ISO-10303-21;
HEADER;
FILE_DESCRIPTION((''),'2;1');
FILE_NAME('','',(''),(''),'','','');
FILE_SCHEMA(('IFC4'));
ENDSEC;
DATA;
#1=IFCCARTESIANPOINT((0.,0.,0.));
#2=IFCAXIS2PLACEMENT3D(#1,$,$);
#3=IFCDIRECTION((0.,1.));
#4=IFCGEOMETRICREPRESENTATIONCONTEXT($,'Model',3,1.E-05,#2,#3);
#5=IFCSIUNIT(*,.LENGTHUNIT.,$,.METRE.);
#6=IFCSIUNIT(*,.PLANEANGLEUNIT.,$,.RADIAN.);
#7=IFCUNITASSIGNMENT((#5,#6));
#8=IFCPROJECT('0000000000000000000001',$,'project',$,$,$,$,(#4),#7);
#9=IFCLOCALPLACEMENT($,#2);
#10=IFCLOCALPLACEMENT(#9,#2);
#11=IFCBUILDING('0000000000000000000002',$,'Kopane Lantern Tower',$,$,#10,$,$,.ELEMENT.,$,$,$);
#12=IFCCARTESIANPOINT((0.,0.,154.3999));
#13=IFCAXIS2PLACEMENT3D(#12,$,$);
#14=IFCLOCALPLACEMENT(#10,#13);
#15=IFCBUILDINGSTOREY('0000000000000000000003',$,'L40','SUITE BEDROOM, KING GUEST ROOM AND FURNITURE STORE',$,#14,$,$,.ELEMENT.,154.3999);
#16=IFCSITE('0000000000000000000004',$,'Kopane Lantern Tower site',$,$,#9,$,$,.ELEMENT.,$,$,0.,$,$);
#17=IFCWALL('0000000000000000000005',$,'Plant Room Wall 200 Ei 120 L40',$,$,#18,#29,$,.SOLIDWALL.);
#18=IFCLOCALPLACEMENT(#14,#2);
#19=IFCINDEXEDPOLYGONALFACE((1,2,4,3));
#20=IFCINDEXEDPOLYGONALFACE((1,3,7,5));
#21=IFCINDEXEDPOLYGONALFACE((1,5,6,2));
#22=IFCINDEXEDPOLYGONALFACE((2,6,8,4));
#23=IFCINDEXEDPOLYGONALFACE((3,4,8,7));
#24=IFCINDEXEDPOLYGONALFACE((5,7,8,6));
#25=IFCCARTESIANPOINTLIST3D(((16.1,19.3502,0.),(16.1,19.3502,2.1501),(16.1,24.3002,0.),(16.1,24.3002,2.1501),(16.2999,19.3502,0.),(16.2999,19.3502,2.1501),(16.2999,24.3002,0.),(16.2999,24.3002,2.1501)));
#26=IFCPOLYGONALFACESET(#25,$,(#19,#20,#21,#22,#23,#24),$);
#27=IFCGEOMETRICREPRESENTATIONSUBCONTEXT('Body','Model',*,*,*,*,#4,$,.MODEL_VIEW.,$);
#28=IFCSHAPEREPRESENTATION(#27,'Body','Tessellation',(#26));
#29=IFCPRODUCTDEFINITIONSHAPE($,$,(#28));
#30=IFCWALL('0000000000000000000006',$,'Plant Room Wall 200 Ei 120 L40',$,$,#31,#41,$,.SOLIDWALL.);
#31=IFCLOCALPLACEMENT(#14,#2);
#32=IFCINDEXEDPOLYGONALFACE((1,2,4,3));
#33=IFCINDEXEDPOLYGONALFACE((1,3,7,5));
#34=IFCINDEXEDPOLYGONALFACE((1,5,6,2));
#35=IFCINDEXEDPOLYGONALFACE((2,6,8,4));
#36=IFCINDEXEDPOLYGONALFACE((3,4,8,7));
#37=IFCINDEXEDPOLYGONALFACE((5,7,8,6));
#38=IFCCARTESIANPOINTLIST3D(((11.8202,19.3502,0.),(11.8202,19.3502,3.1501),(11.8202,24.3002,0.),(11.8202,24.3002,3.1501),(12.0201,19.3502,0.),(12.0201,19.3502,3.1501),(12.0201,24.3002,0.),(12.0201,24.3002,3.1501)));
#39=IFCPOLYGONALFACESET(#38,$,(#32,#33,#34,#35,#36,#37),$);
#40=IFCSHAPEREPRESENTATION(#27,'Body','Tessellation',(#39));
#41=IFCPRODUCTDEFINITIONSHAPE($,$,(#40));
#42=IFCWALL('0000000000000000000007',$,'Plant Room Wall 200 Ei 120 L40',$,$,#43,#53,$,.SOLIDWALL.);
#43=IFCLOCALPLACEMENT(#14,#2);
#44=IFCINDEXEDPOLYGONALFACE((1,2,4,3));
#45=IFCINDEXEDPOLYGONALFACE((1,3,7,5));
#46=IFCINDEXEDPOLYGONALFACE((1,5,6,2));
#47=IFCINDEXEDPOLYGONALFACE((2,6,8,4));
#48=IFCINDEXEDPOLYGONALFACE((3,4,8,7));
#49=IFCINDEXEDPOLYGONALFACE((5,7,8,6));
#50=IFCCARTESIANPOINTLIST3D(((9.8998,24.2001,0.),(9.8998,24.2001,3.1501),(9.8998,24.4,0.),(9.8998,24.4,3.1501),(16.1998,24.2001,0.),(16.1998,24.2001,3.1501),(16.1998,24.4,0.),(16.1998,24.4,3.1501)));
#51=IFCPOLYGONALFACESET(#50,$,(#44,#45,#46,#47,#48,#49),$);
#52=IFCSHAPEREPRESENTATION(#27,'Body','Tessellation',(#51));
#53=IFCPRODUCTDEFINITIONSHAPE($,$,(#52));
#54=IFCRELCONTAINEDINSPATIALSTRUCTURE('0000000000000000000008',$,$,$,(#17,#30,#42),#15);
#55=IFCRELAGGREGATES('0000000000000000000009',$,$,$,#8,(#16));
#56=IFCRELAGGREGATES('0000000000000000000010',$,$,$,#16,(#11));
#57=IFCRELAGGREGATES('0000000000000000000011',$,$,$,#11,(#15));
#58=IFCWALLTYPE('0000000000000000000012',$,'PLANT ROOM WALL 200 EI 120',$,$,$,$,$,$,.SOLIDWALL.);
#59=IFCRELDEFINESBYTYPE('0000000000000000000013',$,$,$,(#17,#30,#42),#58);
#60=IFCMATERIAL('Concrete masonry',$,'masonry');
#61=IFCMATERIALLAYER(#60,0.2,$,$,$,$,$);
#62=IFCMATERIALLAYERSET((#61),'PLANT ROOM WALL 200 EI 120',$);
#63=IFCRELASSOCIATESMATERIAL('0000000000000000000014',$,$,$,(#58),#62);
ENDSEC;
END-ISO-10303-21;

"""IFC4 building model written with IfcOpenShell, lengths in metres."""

from ifc_helpers import new_model, si_unit, direction, frame, frame_2d, origin, place, context, subcontext, project, spatial, rectangle, extrude, material, layer, layer_set, type_object, element, save


model = new_model("IFC4")

# Units and contexts
model_context = context("Model", 3, precision=1e-05, world=origin(), true_north=direction((0.0, 1.0)))
body_context = subcontext(model_context, "Body", "Model", "MODEL_VIEW")
ifc_project = project(units=[si_unit("LENGTHUNIT", "METRE"), si_unit("PLANEANGLEUNIT", "RADIAN")], contexts=[model_context])

# Site, building, storey
site_placement = place(None, origin())
site = spatial("IfcSite", under=ifc_project, at=site_placement, Name="Kopane Lantern Tower site", CompositionType="ELEMENT", RefElevation=0.0)
building_placement = place(site_placement, origin())
building = spatial("IfcBuilding", under=site, at=building_placement, Name="Kopane Lantern Tower", CompositionType="ELEMENT")
storey_placement = place(building_placement, frame((0.0, 0.0, 154.3999)))
storey = spatial("IfcBuildingStorey", under=building, at=storey_placement, Name="L40", Description="SUITE BEDROOM, KING GUEST ROOM AND FURNITURE STORE", CompositionType="ELEMENT", Elevation=154.3999)

# Walls
ifc_material_1 = material(Name="Concrete masonry", Category="masonry")
ifc_layer_1 = layer(ifc_material_1, 0.2)
ifc_layer_set_1 = layer_set([ifc_layer_1], Name="PLANT ROOM WALL 200 EI 120")
wall_type_1 = type_object("IfcWallType", Name="PLANT ROOM WALL 200 EI 120", PredefinedType="SOLIDWALL", material=ifc_layer_set_1)
wall_1_placement = place(storey_placement, frame((16.2, 19.3501, 0.0), z_axis=(0.0, 0.0, 1.0), x_axis=(0.0, 1.0, 0.0)))
element("IfcWall", 1, at=wall_1_placement, inside=storey, type_object=wall_type_1, Name="Plant Room Wall 200 Ei 120 L40", PredefinedType="SOLIDWALL", context=body_context, shape_type="SweptSolid", body=[
    extrude(rectangle(XDim=4.95, YDim=0.2, at=frame_2d((2.4751, 0.0))), origin(), (0.0, 0.0, 1.0), 2.1501),
])
wall_2_placement = place(storey_placement, frame((11.9202, 19.3501, 0.0), z_axis=(0.0, 0.0, 1.0), x_axis=(0.0, 1.0, 0.0)))
element("IfcWall", 2, at=wall_2_placement, inside=storey, type_object=wall_type_1, Name="Plant Room Wall 200 Ei 120 L40", PredefinedType="SOLIDWALL", context=body_context, shape_type="SweptSolid", body=[
    extrude(rectangle(XDim=4.95, YDim=0.2, at=frame_2d((2.4751, 0.0))), origin(), (0.0, 0.0, 1.0), 3.1501),
])
wall_3_placement = place(storey_placement, frame((9.8999, 24.3, 0.0), z_axis=(0.0, 0.0, 1.0), x_axis=(1.0, 0.0, 0.0)))
element("IfcWall", 3, at=wall_3_placement, inside=storey, type_object=wall_type_1, Name="Plant Room Wall 200 Ei 120 L40", PredefinedType="SOLIDWALL", context=body_context, shape_type="SweptSolid", body=[
    extrude(rectangle(XDim=6.3, YDim=0.2, at=frame_2d((3.1499, 0.0))), origin(), (0.0, 0.0, 1.0), 3.1501),
])

save(model, "model.ifc")
